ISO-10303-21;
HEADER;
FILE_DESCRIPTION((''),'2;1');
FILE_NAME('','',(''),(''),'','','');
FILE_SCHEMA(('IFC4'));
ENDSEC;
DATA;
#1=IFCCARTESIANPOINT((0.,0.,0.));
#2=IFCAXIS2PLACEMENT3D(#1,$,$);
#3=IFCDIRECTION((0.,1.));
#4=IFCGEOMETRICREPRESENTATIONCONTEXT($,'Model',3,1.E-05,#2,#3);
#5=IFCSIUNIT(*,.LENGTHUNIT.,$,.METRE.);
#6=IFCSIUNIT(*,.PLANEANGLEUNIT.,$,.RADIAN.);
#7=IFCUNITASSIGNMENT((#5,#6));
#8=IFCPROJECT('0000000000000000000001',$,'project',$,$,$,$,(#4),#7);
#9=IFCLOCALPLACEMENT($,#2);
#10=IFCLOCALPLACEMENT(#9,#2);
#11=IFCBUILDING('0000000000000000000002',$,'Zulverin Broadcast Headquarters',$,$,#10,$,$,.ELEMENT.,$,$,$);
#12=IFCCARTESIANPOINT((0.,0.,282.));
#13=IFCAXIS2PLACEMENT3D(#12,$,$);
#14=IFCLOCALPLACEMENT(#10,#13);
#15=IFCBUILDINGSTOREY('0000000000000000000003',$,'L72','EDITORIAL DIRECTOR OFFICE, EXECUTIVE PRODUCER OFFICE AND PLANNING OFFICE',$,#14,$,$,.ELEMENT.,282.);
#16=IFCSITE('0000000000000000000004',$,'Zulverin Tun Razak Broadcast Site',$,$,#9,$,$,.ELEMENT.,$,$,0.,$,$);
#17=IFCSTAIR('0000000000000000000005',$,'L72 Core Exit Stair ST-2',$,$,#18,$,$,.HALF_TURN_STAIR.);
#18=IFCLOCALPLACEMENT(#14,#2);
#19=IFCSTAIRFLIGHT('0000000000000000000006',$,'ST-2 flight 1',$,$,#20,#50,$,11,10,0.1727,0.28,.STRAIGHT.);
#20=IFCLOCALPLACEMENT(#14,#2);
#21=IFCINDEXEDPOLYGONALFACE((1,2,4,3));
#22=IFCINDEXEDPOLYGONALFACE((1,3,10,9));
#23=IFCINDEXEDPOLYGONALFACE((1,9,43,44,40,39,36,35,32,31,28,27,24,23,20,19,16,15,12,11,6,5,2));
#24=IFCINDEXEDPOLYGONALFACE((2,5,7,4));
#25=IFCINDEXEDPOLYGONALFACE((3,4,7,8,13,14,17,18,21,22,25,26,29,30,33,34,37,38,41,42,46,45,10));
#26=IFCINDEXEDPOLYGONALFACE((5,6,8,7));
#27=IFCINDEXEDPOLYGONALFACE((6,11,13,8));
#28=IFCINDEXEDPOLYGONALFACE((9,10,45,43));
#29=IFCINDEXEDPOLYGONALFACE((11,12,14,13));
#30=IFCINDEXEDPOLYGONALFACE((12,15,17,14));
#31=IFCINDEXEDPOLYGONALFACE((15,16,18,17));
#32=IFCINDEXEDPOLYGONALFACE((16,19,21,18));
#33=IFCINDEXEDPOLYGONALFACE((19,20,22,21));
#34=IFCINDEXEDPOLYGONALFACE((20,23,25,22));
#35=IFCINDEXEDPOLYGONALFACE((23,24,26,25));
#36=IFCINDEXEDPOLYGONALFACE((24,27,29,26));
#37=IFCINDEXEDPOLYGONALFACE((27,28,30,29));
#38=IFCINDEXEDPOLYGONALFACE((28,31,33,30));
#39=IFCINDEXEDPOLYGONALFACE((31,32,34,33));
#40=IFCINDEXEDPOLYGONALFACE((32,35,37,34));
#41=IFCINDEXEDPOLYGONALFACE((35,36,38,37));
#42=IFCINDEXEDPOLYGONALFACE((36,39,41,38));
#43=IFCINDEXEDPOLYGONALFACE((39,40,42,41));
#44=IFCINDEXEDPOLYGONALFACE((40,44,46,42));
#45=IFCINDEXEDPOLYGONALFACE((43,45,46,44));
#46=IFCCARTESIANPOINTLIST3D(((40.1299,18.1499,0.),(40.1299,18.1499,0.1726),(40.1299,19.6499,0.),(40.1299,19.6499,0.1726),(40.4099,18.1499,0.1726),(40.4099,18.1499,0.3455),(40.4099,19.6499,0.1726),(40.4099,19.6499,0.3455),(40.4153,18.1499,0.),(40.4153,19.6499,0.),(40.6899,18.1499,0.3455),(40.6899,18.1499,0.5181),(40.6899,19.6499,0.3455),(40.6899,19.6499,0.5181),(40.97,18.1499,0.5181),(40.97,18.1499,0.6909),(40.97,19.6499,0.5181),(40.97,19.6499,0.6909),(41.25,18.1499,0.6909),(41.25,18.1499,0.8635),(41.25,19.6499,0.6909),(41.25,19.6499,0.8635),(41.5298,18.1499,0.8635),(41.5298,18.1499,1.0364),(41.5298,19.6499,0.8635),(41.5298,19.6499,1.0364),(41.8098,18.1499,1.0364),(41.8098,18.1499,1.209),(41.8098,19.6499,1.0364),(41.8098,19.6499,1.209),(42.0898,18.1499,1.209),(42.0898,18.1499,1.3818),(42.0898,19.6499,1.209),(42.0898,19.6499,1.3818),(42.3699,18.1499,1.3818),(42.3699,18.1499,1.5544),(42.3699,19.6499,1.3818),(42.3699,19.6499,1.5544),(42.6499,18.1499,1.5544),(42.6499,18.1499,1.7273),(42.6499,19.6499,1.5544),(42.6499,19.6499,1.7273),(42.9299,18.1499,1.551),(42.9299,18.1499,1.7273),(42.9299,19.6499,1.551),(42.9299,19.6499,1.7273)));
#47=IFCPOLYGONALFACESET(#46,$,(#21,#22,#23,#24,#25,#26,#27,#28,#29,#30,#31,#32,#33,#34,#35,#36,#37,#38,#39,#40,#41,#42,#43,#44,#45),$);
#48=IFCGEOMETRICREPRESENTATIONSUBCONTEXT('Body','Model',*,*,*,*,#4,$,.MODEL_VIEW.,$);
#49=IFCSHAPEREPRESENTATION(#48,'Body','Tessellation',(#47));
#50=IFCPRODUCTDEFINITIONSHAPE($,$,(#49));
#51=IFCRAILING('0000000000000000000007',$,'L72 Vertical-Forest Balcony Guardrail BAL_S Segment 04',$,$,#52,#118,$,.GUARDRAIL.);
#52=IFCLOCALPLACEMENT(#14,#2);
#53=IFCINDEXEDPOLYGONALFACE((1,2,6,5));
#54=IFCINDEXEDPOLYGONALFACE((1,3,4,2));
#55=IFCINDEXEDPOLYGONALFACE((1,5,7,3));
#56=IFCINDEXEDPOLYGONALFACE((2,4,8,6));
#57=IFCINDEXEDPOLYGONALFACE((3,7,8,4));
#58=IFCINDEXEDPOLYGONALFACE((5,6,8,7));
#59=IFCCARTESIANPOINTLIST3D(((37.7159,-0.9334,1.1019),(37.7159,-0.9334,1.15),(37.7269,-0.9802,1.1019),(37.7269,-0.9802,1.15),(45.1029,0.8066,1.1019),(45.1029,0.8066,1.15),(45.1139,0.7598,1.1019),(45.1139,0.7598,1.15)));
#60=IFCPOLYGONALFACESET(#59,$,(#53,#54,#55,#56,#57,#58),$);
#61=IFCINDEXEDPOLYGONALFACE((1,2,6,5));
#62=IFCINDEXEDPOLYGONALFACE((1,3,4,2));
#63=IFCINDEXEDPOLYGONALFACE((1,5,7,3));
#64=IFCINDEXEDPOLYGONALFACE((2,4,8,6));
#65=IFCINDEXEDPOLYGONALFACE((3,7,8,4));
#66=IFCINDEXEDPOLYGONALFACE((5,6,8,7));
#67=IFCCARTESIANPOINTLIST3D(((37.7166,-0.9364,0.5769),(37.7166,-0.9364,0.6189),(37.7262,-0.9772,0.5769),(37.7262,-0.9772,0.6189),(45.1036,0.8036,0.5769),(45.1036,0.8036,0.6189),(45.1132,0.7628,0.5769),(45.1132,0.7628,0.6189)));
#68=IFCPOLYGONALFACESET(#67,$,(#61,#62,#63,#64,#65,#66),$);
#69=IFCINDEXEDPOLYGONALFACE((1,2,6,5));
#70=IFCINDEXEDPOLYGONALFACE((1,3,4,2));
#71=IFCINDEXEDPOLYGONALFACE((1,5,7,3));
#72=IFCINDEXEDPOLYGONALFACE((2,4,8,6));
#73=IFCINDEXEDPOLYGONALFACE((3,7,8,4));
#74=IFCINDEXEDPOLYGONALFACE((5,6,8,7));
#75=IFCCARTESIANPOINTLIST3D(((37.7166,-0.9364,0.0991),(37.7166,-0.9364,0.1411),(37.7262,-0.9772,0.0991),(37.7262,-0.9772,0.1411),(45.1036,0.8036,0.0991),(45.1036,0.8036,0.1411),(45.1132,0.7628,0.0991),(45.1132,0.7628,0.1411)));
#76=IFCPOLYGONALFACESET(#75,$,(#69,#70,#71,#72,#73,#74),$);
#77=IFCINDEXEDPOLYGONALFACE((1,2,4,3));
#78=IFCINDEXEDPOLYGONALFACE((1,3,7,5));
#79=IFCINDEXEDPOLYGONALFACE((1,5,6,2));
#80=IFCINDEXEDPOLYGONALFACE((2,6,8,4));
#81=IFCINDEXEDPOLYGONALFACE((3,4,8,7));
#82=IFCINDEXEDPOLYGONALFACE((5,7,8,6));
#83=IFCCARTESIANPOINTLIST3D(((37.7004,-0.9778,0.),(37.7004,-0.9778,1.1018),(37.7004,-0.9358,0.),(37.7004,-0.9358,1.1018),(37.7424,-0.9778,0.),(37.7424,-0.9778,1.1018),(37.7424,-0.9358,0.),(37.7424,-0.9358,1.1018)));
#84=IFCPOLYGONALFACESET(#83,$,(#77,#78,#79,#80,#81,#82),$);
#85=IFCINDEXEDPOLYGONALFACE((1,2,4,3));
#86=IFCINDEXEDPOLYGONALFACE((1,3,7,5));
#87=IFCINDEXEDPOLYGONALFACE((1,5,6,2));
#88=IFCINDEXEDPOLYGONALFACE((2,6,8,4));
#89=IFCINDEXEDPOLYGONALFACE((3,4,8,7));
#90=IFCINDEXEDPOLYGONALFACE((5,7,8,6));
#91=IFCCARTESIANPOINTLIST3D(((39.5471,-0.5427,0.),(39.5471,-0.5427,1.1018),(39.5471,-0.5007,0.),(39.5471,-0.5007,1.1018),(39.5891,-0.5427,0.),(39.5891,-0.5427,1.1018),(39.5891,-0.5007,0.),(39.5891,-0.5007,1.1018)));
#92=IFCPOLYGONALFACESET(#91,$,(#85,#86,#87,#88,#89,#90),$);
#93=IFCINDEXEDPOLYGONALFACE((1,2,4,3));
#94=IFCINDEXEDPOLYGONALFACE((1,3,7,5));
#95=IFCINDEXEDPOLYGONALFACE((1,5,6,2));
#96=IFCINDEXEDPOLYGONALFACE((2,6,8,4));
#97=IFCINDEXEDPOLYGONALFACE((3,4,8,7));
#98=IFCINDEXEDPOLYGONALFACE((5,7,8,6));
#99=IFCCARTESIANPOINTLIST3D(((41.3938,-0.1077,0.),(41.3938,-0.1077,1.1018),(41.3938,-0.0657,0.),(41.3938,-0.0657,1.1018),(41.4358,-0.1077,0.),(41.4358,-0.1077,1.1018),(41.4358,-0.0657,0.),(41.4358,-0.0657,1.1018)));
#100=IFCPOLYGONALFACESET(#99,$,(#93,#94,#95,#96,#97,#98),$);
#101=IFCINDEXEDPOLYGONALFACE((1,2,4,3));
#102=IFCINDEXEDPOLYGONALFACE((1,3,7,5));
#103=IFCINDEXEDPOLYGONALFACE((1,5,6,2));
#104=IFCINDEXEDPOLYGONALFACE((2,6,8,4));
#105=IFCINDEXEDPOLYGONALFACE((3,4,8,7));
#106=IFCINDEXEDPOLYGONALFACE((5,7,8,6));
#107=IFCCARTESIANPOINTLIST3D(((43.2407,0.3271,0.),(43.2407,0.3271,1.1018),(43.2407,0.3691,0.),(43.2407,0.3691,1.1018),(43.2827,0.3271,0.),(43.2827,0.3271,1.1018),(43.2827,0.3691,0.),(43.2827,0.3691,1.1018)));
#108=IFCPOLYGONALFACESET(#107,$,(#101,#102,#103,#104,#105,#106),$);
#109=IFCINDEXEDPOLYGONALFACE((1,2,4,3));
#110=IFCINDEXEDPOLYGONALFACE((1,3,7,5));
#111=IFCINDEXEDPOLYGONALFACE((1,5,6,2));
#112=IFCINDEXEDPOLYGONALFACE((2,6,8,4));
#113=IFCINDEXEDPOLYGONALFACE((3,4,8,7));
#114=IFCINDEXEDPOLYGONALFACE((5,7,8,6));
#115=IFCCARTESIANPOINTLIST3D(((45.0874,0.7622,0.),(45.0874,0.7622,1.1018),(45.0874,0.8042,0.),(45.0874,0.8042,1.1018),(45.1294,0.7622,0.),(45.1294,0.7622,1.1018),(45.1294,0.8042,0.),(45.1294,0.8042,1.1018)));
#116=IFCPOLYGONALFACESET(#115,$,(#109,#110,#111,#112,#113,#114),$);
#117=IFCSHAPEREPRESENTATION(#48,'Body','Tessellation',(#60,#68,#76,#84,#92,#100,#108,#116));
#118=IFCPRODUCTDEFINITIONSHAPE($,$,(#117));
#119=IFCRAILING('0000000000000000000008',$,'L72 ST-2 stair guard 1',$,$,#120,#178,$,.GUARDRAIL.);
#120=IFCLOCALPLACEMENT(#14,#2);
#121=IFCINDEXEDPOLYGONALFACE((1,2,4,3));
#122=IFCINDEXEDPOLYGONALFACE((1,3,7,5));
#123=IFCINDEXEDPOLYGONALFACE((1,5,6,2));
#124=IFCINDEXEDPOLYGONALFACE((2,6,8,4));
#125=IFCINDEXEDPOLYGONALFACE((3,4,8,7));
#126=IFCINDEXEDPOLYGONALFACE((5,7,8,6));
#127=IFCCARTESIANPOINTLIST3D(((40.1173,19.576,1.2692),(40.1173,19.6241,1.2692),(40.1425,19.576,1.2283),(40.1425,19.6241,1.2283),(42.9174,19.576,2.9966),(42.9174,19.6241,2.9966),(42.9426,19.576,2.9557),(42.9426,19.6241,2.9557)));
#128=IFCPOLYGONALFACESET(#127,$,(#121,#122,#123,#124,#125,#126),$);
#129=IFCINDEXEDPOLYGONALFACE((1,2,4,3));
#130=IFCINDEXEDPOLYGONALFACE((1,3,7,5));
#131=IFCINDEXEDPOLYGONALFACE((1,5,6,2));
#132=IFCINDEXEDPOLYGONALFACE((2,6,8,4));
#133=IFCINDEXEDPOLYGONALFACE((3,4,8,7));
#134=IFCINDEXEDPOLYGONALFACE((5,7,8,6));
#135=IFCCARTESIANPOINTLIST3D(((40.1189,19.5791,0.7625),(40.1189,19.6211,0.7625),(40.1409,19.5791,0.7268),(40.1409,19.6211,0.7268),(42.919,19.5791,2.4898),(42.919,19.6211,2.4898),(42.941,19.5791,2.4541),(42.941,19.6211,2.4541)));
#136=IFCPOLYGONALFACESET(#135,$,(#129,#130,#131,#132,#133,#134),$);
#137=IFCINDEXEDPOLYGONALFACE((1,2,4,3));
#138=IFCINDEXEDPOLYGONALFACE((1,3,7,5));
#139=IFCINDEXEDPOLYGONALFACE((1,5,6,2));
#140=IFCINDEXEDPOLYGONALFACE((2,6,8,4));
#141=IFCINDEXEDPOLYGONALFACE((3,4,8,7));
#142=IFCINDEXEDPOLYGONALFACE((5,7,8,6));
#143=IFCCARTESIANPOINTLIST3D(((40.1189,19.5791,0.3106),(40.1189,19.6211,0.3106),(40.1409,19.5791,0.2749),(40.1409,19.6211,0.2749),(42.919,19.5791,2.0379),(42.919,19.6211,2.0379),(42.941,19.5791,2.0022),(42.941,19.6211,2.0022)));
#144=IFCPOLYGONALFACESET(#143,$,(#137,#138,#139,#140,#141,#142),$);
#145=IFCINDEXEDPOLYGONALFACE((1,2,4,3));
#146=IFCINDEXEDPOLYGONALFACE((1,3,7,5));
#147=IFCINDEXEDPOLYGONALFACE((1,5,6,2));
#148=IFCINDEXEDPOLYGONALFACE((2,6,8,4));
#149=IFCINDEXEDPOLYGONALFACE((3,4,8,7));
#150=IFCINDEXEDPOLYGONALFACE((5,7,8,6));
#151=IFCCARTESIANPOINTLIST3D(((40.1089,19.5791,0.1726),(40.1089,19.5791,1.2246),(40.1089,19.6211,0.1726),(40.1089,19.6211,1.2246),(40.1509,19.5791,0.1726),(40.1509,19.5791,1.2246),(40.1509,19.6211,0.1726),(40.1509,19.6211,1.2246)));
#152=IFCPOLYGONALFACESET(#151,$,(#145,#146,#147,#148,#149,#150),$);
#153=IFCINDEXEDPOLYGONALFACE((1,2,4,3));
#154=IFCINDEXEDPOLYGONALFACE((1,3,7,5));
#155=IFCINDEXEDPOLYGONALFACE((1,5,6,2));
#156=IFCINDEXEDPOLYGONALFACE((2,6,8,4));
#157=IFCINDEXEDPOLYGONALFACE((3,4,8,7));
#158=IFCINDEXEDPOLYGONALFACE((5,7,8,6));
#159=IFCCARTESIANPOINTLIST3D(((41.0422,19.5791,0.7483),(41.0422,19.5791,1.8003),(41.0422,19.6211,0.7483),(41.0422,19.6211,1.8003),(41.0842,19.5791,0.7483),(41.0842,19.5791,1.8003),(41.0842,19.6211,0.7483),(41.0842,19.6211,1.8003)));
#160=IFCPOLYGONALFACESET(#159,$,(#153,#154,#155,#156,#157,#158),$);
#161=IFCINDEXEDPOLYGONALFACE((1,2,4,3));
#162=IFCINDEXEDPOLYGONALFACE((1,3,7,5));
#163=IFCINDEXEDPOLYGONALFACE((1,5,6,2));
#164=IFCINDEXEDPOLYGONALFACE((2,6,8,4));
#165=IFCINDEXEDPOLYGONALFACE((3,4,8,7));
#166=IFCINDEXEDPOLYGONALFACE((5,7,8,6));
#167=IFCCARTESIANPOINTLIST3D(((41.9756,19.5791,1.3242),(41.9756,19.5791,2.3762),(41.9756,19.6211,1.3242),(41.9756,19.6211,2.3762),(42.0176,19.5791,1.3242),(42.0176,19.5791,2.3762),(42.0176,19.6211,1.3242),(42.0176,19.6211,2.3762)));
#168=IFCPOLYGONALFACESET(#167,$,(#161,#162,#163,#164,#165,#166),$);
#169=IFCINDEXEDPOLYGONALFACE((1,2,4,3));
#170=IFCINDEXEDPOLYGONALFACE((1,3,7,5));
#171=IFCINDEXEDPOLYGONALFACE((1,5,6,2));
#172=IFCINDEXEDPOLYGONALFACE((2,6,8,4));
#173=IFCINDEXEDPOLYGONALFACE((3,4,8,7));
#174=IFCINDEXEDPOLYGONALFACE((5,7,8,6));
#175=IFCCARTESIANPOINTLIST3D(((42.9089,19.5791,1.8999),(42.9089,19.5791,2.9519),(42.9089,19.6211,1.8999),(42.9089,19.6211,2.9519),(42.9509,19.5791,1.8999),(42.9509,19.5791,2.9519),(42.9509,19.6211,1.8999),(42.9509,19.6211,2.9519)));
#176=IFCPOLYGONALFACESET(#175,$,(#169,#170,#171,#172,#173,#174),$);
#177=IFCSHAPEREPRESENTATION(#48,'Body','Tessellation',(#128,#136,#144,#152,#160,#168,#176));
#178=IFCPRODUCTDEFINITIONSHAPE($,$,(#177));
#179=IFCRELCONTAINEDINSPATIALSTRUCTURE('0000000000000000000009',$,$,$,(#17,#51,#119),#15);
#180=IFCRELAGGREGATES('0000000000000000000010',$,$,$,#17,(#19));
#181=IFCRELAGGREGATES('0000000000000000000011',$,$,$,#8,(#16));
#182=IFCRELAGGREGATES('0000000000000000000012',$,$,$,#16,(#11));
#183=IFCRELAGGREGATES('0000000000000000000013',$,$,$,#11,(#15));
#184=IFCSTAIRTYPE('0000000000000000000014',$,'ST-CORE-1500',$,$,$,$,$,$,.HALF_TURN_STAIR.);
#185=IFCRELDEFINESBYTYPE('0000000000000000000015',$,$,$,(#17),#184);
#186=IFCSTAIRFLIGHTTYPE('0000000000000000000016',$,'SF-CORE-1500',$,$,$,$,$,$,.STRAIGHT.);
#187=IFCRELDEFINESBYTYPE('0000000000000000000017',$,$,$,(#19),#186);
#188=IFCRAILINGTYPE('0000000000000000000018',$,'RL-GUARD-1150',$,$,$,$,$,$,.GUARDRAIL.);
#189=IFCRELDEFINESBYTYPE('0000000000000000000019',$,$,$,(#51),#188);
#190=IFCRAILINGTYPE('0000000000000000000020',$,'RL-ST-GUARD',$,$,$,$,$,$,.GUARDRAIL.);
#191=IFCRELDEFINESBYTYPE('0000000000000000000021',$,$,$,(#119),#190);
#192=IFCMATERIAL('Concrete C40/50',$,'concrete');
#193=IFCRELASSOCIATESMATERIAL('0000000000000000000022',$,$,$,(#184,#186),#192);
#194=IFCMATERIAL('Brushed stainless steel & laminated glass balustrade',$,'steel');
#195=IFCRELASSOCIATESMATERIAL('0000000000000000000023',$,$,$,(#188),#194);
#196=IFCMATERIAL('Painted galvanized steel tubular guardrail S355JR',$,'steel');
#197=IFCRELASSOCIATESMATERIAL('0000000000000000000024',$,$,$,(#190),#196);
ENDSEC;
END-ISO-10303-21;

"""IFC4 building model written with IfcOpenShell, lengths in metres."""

from ifc_helpers import new_model, si_unit, direction, frame, origin, origin_2d, place, context, subcontext, project, spatial, polyline, rectangle, outline, extrude, material, type_object, element, aggregate, save


model = new_model("IFC4")

# Units and contexts
model_context = context("Model", 3, precision=1e-05, world=origin(), true_north=direction((0.0, 1.0)))
body_context = subcontext(model_context, "Body", "Model", "MODEL_VIEW")
ifc_project = project(units=[si_unit("LENGTHUNIT", "METRE"), si_unit("PLANEANGLEUNIT", "RADIAN")], contexts=[model_context])

# Site, building, storey
site_placement = place(None, origin())
site = spatial("IfcSite", under=ifc_project, at=site_placement, Name="Zulverin Tun Razak Broadcast Site", CompositionType="ELEMENT", RefElevation=0.0)
building_placement = place(site_placement, origin())
building = spatial("IfcBuilding", under=site, at=building_placement, Name="Zulverin Broadcast Headquarters", CompositionType="ELEMENT")
storey_placement = place(building_placement, frame((0.0, 0.0, 282.0)))
storey = spatial("IfcBuildingStorey", under=building, at=storey_placement, Name="L72", Description="EDITORIAL DIRECTOR OFFICE, EXECUTIVE PRODUCER OFFICE AND PLANNING OFFICE", CompositionType="ELEMENT", Elevation=282.0)

# Stair, stair flight
ifc_material_1 = material(Name="Concrete C40/50", Category="concrete")
stair_type = type_object("IfcStairType", Name="ST-CORE-1500", PredefinedType="HALF_TURN_STAIR", material=ifc_material_1)
stair_placement = place(storey_placement, origin())
stair = element("IfcStair", 1, at=stair_placement, inside=storey, type_object=stair_type, Name="L72 Core Exit Stair ST-2", PredefinedType="HALF_TURN_STAIR")
stair_flight_type = type_object("IfcStairFlightType", Name="SF-CORE-1500", PredefinedType="STRAIGHT", material=ifc_material_1)
stair_flight_placement = place(storey_placement, frame((40.1299, 18.8999, 0.0), z_axis=(0.0, 0.0, 1.0), x_axis=(1.0, 0.0, 0.0)))
stair_flight = element("IfcStairFlight", 2, at=stair_flight_placement, type_object=stair_flight_type, Name="ST-2 flight 1", NumberOfRisers=11, NumberOfTreads=10, PredefinedType="STRAIGHT", RiserHeight=0.1727, TreadLength=0.28, context=body_context, shape_type="SweptSolid", body=[
    extrude(outline(polyline([(0.0, 0.0), (0.0, 0.1726), (0.28, 0.1726), (0.28, 0.3455), (0.5601, 0.3455), (0.5601, 0.5181), (0.8401, 0.5181), (0.8401, 0.6909), (1.1201, 0.6909), (1.1201, 0.8635), (1.3999, 0.8635), (1.3999, 1.0364), (1.6799, 1.0364), (1.6799, 1.209), (1.96, 1.209), (1.96, 1.3818), (2.24, 1.3818), (2.24, 1.5544), (2.52, 1.5544), (2.52, 1.7273), (2.8, 1.7273), (2.8, 1.8999), (2.8, 1.551), (0.2854, 0.0), (0.0, 0.0)])), frame((0.0, 0.75, 0.0), z_axis=(0.0, -1.0, 0.0), x_axis=(1.0, 0.0, 0.0)), (0.0, 0.0, 1.0), 1.5),
])
aggregate(stair, [stair_flight])

# Railings
ifc_material_2 = material(Name="Brushed stainless steel & laminated glass balustrade", Category="steel")
railing_type_1 = type_object("IfcRailingType", Name="RL-GUARD-1150", PredefinedType="GUARDRAIL", material=ifc_material_2)
railing_1_placement = place(storey_placement, frame((37.7214, -0.9568, 0.0)))
element("IfcRailing", 3, at=railing_1_placement, inside=storey, type_object=railing_type_1, Name="L72 Vertical-Forest Balcony Guardrail BAL_S Segment 04", PredefinedType="GUARDRAIL", context=body_context, shape_type="SweptSolid", body=[
    extrude(rectangle(XDim=0.0481, YDim=0.0481, at=origin_2d()), frame((0.0, 0.0, 1.126), z_axis=(0.973362, 0.229274, 0.0), x_axis=(-0.229274, 0.973362, 0.0)), (0.0, 0.0, 1.0), 7.5891),
    extrude(rectangle(XDim=0.042, YDim=0.042, at=origin_2d()), frame((0.0, 0.0, 0.5979), z_axis=(0.973362, 0.229274, 0.0), x_axis=(-0.229274, 0.973362, 0.0)), (0.0, 0.0, 1.0), 7.5891),
    extrude(rectangle(XDim=0.042, YDim=0.042, at=origin_2d()), frame((0.0, 0.0, 0.1201), z_axis=(0.973362, 0.229274, 0.0), x_axis=(-0.229274, 0.973362, 0.0)), (0.0, 0.0, 1.0), 7.5891),
    extrude(rectangle(XDim=0.042, YDim=0.042, at=origin_2d()), origin(), (0.0, 0.0, 1.0), 1.1018),
    extrude(rectangle(XDim=0.042, YDim=0.042, at=origin_2d()), frame((1.8467, 0.4351, 0.0)), (0.0, 0.0, 1.0), 1.1018),
    extrude(rectangle(XDim=0.042, YDim=0.042, at=origin_2d()), frame((3.6934, 0.8701, 0.0)), (0.0, 0.0, 1.0), 1.1018),
    extrude(rectangle(XDim=0.042, YDim=0.042, at=origin_2d()), frame((5.5403, 1.3049, 0.0)), (0.0, 0.0, 1.0), 1.1018),
    extrude(rectangle(XDim=0.042, YDim=0.042, at=origin_2d()), frame((7.387, 1.74, 0.0)), (0.0, 0.0, 1.0), 1.1018),
])
ifc_material_3 = material(Name="Painted galvanized steel tubular guardrail S355JR", Category="steel")
railing_type_2 = type_object("IfcRailingType", Name="RL-ST-GUARD", PredefinedType="GUARDRAIL", material=ifc_material_3)
railing_2_placement = place(storey_placement, frame((40.1299, 19.6001, 0.1726)))
element("IfcRailing", 4, at=railing_2_placement, inside=storey, type_object=railing_type_2, Name="L72 ST-2 stair guard 1", PredefinedType="GUARDRAIL", context=body_context, shape_type="SweptSolid", body=[
    extrude(rectangle(XDim=0.0481, YDim=0.0481, at=origin_2d()), frame((0.0, 0.0, 1.0762), z_axis=(0.85109, 0.0, 0.52502), x_axis=(0.0, 1.0, 0.0)), (0.0, 0.0, 1.0), 3.29),
    extrude(rectangle(XDim=0.042, YDim=0.042, at=origin_2d()), frame((0.0, 0.0, 0.572), z_axis=(0.85109, 0.0, 0.52502), x_axis=(0.0, 1.0, 0.0)), (0.0, 0.0, 1.0), 3.29),
    extrude(rectangle(XDim=0.042, YDim=0.042, at=origin_2d()), frame((0.0, 0.0, 0.1201), z_axis=(0.85109, 0.0, 0.52502), x_axis=(0.0, 1.0, 0.0)), (0.0, 0.0, 1.0), 3.29),
    extrude(rectangle(XDim=0.042, YDim=0.042, at=origin_2d()), origin(), (0.0, 0.0, 1.0), 1.052),
    extrude(rectangle(XDim=0.042, YDim=0.042, at=origin_2d()), frame((0.9333, 0.0, 0.5757)), (0.0, 0.0, 1.0), 1.052),
    extrude(rectangle(XDim=0.042, YDim=0.042, at=origin_2d()), frame((1.8667, 0.0, 1.1516)), (0.0, 0.0, 1.0), 1.052),
    extrude(rectangle(XDim=0.042, YDim=0.042, at=origin_2d()), frame((2.8, 0.0, 1.7273)), (0.0, 0.0, 1.0), 1.052),
])

save(model, "model.ifc")
